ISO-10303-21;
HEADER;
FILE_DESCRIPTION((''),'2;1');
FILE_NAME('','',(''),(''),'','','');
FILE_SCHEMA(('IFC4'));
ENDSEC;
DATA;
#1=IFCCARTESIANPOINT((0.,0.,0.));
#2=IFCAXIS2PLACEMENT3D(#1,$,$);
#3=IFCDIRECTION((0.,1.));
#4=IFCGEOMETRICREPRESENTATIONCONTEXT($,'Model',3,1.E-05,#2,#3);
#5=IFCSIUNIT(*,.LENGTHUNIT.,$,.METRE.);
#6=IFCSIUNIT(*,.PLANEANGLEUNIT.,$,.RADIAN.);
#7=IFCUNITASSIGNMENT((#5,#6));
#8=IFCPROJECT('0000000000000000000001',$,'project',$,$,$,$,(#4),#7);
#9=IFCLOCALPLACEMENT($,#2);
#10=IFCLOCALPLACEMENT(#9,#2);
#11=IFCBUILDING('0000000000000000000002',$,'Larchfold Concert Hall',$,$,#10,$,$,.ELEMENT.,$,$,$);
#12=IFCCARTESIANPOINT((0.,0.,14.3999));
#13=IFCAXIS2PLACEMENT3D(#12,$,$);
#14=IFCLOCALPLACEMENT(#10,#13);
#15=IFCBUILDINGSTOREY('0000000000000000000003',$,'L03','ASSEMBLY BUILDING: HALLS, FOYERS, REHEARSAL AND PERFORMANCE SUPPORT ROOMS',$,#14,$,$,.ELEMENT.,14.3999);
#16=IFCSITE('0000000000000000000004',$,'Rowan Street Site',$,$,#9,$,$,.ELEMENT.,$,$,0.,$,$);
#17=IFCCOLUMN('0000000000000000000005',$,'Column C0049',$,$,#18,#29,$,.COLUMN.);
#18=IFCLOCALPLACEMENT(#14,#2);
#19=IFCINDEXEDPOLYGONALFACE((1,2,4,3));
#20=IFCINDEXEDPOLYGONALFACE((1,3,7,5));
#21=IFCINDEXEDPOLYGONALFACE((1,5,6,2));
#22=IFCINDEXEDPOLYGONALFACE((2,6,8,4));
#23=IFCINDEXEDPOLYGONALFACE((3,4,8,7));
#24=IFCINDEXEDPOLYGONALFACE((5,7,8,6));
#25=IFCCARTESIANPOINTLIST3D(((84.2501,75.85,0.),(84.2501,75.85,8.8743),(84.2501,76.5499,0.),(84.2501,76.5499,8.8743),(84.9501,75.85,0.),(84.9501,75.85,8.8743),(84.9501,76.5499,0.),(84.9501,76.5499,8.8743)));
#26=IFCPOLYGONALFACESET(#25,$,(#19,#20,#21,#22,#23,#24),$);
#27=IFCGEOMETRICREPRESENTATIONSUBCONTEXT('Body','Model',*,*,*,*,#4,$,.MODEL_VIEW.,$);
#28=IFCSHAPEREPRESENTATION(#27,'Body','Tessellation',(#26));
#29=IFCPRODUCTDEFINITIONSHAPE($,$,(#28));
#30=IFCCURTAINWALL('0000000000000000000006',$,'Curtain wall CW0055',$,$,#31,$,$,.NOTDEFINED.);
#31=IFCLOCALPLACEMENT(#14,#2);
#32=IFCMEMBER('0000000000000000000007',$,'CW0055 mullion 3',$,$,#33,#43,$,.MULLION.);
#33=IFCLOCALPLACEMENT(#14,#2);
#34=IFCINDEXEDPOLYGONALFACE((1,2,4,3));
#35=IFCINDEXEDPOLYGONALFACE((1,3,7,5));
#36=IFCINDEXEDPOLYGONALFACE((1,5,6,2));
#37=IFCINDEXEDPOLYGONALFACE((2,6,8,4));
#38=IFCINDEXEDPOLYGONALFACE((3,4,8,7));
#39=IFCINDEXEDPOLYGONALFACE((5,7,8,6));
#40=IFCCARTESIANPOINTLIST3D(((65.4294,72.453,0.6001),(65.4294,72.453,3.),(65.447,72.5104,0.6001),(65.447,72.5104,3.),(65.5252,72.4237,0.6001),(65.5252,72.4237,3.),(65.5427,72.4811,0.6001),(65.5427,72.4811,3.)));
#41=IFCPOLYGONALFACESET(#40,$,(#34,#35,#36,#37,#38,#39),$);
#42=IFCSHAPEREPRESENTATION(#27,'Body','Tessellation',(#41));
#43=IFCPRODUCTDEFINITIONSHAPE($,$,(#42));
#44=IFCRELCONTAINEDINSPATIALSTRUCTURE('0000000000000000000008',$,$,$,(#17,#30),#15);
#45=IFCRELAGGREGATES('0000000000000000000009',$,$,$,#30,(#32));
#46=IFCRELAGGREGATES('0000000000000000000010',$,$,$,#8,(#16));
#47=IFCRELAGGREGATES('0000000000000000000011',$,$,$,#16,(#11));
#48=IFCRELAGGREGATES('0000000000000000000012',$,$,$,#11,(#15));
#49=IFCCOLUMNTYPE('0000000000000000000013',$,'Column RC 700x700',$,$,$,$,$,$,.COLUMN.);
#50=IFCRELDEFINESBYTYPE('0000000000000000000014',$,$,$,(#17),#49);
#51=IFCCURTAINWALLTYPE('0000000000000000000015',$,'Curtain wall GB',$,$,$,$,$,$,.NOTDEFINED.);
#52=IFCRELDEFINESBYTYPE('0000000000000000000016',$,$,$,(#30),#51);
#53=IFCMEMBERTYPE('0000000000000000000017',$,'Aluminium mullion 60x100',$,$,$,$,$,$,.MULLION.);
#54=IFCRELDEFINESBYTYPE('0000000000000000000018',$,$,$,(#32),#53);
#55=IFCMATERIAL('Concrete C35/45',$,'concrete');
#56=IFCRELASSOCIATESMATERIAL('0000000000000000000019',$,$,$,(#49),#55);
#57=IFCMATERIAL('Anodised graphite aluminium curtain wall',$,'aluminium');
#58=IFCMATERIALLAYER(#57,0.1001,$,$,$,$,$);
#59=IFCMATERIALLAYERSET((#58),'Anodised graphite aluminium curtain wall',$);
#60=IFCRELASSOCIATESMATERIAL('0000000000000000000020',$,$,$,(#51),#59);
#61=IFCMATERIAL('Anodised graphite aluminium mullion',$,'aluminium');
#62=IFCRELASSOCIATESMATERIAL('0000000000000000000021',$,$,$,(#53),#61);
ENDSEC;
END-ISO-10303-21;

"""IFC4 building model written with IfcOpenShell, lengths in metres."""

from ifc_helpers import new_model, si_unit, direction, frame, origin, origin_2d, place, context, subcontext, project, spatial, rectangle, extrude, material, layer, layer_set, material_profile, profile_set, type_object, element, aggregate, save


model = new_model("IFC4")

# Units and contexts
model_context = context("Model", 3, precision=1e-05, world=origin(), true_north=direction((0.0, 1.0)))
body_context = subcontext(model_context, "Body", "Model", "MODEL_VIEW")
ifc_project = project(units=[si_unit("LENGTHUNIT", "METRE"), si_unit("PLANEANGLEUNIT", "RADIAN")], contexts=[model_context])

# Site, building, storey
site_placement = place(None, origin())
site = spatial("IfcSite", under=ifc_project, at=site_placement, Name="Rowan Street Site", CompositionType="ELEMENT", RefElevation=0.0)
building_placement = place(site_placement, origin())
building = spatial("IfcBuilding", under=site, at=building_placement, Name="Larchfold Concert Hall", CompositionType="ELEMENT")
storey_placement = place(building_placement, frame((0.0, 0.0, 14.3999)))
storey = spatial("IfcBuildingStorey", under=building, at=storey_placement, Name="L03", Description="ASSEMBLY BUILDING: HALLS, FOYERS, REHEARSAL AND PERFORMANCE SUPPORT ROOMS", CompositionType="ELEMENT", Elevation=14.3999)

# Column
ifc_material_1 = material(Name="Concrete C35/45", Category="concrete")
ifc_material_profile_1 = material_profile(ifc_material_1, rectangle(XDim=0.7, YDim=0.7, at=origin_2d()))
ifc_profile_set_1 = profile_set([ifc_material_profile_1], Name="Concrete C35/45")
column_type = type_object("IfcColumnType", Name="Column RC 700x700", PredefinedType="COLUMN", material=ifc_profile_set_1)
column_placement = place(storey_placement, frame((84.6001, 76.2, 0.0), z_axis=(0.0, 0.0, 1.0), x_axis=(1.0, 0.0, 0.0)))
element("IfcColumn", 1, at=column_placement, inside=storey, type_object=column_type, Name="Column C0049", PredefinedType="COLUMN", context=body_context, shape_type="SweptSolid", body=[
    extrude(rectangle(XDim=0.7, YDim=0.7, at=origin_2d()), origin(), (0.0, 0.0, 1.0), 8.8743),
])

# Curtain wall, member
ifc_material_2 = material(Name="Anodised graphite aluminium curtain wall", Category="aluminium")
ifc_layer_1 = layer(ifc_material_2, 0.1001)
ifc_layer_set_1 = layer_set([ifc_layer_1], Name="Anodised graphite aluminium curtain wall")
curtain_wall_type = type_object("IfcCurtainWallType", Name="Curtain wall GB", PredefinedType="NOTDEFINED", material=ifc_layer_set_1)
curtain_wall_1_placement = place(storey_placement, origin())
curtain_wall_1 = element("IfcCurtainWall", 2, at=curtain_wall_1_placement, inside=storey, type_object=curtain_wall_type, Name="Curtain wall CW0055", PredefinedType="NOTDEFINED")
ifc_material_3 = material(Name="Anodised graphite aluminium mullion", Category="aluminium")
ifc_material_profile_2 = material_profile(ifc_material_3, rectangle(XDim=0.1001, YDim=0.0601, at=origin_2d()))
ifc_profile_set_2 = profile_set([ifc_material_profile_2], Name="Anodised graphite aluminium mullion")
member_type_1 = type_object("IfcMemberType", Name="Aluminium mullion 60x100", PredefinedType="MULLION", material=ifc_profile_set_2)
member_1_placement = place(storey_placement, frame((65.4861, 72.467, 0.6001), z_axis=(0.0, 0.0, 1.0), x_axis=(-0.956259, 0.292522, 0.0)))
member_1 = element("IfcMember", 3, at=member_1_placement, type_object=member_type_1, Name="CW0055 mullion 3", PredefinedType="MULLION", context=body_context, shape_type="SweptSolid", body=[
    extrude(rectangle(XDim=0.1001, YDim=0.0601, at=origin_2d()), origin(), (0.0, 0.0, 1.0), 2.3999),
])
aggregate(curtain_wall_1, [member_1])

save(model, "model.ifc")
